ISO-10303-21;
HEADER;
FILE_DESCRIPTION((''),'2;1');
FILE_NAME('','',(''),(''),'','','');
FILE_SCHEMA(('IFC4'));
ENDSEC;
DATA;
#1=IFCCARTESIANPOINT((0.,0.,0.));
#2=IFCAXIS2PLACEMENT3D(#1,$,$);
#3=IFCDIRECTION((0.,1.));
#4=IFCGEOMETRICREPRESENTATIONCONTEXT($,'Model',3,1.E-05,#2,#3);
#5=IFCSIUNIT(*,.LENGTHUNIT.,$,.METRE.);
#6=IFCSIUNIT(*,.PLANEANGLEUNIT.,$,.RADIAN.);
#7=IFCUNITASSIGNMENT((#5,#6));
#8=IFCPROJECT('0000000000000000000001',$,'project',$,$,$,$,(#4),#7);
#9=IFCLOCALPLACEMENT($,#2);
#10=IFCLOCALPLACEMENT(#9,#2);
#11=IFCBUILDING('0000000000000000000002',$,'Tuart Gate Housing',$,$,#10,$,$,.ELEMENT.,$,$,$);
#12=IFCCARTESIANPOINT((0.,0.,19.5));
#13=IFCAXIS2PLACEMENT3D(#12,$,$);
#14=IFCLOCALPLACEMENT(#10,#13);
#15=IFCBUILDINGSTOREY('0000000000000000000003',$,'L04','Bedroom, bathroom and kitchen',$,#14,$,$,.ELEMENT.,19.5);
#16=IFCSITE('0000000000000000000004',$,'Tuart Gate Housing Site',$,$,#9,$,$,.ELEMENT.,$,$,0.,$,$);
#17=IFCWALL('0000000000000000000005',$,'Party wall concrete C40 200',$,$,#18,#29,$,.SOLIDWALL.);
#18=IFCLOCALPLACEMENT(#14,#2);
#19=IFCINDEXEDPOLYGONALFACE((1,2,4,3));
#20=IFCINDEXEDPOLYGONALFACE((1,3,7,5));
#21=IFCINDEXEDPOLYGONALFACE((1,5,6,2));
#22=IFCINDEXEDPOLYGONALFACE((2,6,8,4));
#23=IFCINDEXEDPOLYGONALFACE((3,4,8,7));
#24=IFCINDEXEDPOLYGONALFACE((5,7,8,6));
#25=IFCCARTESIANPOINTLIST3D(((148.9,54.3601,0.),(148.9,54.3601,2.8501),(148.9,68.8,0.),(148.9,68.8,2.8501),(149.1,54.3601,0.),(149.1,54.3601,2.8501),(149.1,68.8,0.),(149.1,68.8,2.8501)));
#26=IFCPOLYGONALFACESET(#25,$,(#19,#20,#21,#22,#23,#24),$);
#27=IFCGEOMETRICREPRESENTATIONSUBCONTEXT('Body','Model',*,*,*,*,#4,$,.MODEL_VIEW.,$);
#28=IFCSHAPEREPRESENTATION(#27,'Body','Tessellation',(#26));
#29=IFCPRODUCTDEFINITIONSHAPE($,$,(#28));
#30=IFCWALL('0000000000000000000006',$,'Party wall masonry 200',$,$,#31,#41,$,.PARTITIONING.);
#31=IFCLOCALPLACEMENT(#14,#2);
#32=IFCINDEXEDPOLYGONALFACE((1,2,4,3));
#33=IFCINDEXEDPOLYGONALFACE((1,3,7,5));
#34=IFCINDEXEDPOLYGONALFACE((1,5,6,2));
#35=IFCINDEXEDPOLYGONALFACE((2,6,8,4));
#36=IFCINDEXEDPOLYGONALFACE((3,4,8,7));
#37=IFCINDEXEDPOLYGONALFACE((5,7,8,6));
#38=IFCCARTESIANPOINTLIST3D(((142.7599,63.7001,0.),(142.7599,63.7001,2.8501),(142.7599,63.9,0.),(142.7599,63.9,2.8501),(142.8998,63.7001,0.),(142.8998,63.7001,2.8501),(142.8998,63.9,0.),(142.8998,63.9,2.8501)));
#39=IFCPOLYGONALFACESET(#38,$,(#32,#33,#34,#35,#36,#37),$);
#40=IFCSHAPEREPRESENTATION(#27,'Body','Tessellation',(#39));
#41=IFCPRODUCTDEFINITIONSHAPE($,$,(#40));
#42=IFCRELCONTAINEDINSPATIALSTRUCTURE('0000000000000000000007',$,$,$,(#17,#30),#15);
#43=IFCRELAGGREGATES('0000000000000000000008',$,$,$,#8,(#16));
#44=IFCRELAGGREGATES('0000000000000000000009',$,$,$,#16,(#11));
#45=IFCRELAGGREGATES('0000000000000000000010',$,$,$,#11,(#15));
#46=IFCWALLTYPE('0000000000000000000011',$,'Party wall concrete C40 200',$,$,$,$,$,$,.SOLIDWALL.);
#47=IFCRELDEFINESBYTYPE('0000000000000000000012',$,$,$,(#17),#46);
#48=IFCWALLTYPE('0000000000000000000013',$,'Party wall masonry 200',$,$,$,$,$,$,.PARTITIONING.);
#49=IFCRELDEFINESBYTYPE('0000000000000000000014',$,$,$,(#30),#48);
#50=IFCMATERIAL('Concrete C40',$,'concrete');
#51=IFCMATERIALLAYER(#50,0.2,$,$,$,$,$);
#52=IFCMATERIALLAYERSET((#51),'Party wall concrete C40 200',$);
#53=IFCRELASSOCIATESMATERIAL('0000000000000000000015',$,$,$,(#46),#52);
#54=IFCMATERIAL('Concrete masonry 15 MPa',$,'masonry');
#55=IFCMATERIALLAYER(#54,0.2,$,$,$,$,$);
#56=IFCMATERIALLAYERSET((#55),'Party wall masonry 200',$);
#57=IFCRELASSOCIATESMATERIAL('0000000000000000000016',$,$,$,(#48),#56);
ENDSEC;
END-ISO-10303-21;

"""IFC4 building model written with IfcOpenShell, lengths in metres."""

from ifc_helpers import new_model, si_unit, direction, frame, frame_2d, origin, place, context, subcontext, project, spatial, rectangle, extrude, material, layer, layer_set, type_object, element, save


model = new_model("IFC4")

# Units and contexts
model_context = context("Model", 3, precision=1e-05, world=origin(), true_north=direction((0.0, 1.0)))
body_context = subcontext(model_context, "Body", "Model", "MODEL_VIEW")
ifc_project = project(units=[si_unit("LENGTHUNIT", "METRE"), si_unit("PLANEANGLEUNIT", "RADIAN")], contexts=[model_context])

# Site, building, storey
site_placement = place(None, origin())
site = spatial("IfcSite", under=ifc_project, at=site_placement, Name="Tuart Gate Housing Site", CompositionType="ELEMENT", RefElevation=0.0)
building_placement = place(site_placement, origin())
building = spatial("IfcBuilding", under=site, at=building_placement, Name="Tuart Gate Housing", CompositionType="ELEMENT")
storey_placement = place(building_placement, frame((0.0, 0.0, 19.5)))
storey = spatial("IfcBuildingStorey", under=building, at=storey_placement, Name="L04", Description="Bedroom, bathroom and kitchen", CompositionType="ELEMENT", Elevation=19.5)

# Walls
ifc_material_1 = material(Name="Concrete C40", Category="concrete")
ifc_layer_1 = layer(ifc_material_1, 0.2)
ifc_layer_set_1 = layer_set([ifc_layer_1], Name="Party wall concrete C40 200")
wall_type_1 = type_object("IfcWallType", Name="Party wall concrete C40 200", PredefinedType="SOLIDWALL", material=ifc_layer_set_1)
wall_1_placement = place(storey_placement, frame((149.0, 54.3601, 0.0), z_axis=(0.0, 0.0, 1.0), x_axis=(0.0, 1.0, 0.0)))
element("IfcWall", 1, at=wall_1_placement, inside=storey, type_object=wall_type_1, Name="Party wall concrete C40 200", PredefinedType="SOLIDWALL", context=body_context, shape_type="SweptSolid", body=[
    extrude(rectangle(XDim=14.4399, YDim=0.2, at=frame_2d((7.22, 0.0))), origin(), (0.0, 0.0, 1.0), 2.8501),
])
ifc_material_2 = material(Name="Concrete masonry 15 MPa", Category="masonry")
ifc_layer_2 = layer(ifc_material_2, 0.2)
ifc_layer_set_2 = layer_set([ifc_layer_2], Name="Party wall masonry 200")
wall_type_2 = type_object("IfcWallType", Name="Party wall masonry 200", PredefinedType="PARTITIONING", material=ifc_layer_set_2)
wall_2_placement = place(storey_placement, frame((142.76, 63.8, 0.0), z_axis=(0.0, 0.0, 1.0), x_axis=(1.0, 0.0, 0.0)))
element("IfcWall", 2, at=wall_2_placement, inside=storey, type_object=wall_type_2, Name="Party wall masonry 200", PredefinedType="PARTITIONING", context=body_context, shape_type="SweptSolid", body=[
    extrude(rectangle(XDim=0.1399, YDim=0.2, at=frame_2d((0.0698, 0.0))), origin(), (0.0, 0.0, 1.0), 2.8501),
])

save(model, "model.ifc")
